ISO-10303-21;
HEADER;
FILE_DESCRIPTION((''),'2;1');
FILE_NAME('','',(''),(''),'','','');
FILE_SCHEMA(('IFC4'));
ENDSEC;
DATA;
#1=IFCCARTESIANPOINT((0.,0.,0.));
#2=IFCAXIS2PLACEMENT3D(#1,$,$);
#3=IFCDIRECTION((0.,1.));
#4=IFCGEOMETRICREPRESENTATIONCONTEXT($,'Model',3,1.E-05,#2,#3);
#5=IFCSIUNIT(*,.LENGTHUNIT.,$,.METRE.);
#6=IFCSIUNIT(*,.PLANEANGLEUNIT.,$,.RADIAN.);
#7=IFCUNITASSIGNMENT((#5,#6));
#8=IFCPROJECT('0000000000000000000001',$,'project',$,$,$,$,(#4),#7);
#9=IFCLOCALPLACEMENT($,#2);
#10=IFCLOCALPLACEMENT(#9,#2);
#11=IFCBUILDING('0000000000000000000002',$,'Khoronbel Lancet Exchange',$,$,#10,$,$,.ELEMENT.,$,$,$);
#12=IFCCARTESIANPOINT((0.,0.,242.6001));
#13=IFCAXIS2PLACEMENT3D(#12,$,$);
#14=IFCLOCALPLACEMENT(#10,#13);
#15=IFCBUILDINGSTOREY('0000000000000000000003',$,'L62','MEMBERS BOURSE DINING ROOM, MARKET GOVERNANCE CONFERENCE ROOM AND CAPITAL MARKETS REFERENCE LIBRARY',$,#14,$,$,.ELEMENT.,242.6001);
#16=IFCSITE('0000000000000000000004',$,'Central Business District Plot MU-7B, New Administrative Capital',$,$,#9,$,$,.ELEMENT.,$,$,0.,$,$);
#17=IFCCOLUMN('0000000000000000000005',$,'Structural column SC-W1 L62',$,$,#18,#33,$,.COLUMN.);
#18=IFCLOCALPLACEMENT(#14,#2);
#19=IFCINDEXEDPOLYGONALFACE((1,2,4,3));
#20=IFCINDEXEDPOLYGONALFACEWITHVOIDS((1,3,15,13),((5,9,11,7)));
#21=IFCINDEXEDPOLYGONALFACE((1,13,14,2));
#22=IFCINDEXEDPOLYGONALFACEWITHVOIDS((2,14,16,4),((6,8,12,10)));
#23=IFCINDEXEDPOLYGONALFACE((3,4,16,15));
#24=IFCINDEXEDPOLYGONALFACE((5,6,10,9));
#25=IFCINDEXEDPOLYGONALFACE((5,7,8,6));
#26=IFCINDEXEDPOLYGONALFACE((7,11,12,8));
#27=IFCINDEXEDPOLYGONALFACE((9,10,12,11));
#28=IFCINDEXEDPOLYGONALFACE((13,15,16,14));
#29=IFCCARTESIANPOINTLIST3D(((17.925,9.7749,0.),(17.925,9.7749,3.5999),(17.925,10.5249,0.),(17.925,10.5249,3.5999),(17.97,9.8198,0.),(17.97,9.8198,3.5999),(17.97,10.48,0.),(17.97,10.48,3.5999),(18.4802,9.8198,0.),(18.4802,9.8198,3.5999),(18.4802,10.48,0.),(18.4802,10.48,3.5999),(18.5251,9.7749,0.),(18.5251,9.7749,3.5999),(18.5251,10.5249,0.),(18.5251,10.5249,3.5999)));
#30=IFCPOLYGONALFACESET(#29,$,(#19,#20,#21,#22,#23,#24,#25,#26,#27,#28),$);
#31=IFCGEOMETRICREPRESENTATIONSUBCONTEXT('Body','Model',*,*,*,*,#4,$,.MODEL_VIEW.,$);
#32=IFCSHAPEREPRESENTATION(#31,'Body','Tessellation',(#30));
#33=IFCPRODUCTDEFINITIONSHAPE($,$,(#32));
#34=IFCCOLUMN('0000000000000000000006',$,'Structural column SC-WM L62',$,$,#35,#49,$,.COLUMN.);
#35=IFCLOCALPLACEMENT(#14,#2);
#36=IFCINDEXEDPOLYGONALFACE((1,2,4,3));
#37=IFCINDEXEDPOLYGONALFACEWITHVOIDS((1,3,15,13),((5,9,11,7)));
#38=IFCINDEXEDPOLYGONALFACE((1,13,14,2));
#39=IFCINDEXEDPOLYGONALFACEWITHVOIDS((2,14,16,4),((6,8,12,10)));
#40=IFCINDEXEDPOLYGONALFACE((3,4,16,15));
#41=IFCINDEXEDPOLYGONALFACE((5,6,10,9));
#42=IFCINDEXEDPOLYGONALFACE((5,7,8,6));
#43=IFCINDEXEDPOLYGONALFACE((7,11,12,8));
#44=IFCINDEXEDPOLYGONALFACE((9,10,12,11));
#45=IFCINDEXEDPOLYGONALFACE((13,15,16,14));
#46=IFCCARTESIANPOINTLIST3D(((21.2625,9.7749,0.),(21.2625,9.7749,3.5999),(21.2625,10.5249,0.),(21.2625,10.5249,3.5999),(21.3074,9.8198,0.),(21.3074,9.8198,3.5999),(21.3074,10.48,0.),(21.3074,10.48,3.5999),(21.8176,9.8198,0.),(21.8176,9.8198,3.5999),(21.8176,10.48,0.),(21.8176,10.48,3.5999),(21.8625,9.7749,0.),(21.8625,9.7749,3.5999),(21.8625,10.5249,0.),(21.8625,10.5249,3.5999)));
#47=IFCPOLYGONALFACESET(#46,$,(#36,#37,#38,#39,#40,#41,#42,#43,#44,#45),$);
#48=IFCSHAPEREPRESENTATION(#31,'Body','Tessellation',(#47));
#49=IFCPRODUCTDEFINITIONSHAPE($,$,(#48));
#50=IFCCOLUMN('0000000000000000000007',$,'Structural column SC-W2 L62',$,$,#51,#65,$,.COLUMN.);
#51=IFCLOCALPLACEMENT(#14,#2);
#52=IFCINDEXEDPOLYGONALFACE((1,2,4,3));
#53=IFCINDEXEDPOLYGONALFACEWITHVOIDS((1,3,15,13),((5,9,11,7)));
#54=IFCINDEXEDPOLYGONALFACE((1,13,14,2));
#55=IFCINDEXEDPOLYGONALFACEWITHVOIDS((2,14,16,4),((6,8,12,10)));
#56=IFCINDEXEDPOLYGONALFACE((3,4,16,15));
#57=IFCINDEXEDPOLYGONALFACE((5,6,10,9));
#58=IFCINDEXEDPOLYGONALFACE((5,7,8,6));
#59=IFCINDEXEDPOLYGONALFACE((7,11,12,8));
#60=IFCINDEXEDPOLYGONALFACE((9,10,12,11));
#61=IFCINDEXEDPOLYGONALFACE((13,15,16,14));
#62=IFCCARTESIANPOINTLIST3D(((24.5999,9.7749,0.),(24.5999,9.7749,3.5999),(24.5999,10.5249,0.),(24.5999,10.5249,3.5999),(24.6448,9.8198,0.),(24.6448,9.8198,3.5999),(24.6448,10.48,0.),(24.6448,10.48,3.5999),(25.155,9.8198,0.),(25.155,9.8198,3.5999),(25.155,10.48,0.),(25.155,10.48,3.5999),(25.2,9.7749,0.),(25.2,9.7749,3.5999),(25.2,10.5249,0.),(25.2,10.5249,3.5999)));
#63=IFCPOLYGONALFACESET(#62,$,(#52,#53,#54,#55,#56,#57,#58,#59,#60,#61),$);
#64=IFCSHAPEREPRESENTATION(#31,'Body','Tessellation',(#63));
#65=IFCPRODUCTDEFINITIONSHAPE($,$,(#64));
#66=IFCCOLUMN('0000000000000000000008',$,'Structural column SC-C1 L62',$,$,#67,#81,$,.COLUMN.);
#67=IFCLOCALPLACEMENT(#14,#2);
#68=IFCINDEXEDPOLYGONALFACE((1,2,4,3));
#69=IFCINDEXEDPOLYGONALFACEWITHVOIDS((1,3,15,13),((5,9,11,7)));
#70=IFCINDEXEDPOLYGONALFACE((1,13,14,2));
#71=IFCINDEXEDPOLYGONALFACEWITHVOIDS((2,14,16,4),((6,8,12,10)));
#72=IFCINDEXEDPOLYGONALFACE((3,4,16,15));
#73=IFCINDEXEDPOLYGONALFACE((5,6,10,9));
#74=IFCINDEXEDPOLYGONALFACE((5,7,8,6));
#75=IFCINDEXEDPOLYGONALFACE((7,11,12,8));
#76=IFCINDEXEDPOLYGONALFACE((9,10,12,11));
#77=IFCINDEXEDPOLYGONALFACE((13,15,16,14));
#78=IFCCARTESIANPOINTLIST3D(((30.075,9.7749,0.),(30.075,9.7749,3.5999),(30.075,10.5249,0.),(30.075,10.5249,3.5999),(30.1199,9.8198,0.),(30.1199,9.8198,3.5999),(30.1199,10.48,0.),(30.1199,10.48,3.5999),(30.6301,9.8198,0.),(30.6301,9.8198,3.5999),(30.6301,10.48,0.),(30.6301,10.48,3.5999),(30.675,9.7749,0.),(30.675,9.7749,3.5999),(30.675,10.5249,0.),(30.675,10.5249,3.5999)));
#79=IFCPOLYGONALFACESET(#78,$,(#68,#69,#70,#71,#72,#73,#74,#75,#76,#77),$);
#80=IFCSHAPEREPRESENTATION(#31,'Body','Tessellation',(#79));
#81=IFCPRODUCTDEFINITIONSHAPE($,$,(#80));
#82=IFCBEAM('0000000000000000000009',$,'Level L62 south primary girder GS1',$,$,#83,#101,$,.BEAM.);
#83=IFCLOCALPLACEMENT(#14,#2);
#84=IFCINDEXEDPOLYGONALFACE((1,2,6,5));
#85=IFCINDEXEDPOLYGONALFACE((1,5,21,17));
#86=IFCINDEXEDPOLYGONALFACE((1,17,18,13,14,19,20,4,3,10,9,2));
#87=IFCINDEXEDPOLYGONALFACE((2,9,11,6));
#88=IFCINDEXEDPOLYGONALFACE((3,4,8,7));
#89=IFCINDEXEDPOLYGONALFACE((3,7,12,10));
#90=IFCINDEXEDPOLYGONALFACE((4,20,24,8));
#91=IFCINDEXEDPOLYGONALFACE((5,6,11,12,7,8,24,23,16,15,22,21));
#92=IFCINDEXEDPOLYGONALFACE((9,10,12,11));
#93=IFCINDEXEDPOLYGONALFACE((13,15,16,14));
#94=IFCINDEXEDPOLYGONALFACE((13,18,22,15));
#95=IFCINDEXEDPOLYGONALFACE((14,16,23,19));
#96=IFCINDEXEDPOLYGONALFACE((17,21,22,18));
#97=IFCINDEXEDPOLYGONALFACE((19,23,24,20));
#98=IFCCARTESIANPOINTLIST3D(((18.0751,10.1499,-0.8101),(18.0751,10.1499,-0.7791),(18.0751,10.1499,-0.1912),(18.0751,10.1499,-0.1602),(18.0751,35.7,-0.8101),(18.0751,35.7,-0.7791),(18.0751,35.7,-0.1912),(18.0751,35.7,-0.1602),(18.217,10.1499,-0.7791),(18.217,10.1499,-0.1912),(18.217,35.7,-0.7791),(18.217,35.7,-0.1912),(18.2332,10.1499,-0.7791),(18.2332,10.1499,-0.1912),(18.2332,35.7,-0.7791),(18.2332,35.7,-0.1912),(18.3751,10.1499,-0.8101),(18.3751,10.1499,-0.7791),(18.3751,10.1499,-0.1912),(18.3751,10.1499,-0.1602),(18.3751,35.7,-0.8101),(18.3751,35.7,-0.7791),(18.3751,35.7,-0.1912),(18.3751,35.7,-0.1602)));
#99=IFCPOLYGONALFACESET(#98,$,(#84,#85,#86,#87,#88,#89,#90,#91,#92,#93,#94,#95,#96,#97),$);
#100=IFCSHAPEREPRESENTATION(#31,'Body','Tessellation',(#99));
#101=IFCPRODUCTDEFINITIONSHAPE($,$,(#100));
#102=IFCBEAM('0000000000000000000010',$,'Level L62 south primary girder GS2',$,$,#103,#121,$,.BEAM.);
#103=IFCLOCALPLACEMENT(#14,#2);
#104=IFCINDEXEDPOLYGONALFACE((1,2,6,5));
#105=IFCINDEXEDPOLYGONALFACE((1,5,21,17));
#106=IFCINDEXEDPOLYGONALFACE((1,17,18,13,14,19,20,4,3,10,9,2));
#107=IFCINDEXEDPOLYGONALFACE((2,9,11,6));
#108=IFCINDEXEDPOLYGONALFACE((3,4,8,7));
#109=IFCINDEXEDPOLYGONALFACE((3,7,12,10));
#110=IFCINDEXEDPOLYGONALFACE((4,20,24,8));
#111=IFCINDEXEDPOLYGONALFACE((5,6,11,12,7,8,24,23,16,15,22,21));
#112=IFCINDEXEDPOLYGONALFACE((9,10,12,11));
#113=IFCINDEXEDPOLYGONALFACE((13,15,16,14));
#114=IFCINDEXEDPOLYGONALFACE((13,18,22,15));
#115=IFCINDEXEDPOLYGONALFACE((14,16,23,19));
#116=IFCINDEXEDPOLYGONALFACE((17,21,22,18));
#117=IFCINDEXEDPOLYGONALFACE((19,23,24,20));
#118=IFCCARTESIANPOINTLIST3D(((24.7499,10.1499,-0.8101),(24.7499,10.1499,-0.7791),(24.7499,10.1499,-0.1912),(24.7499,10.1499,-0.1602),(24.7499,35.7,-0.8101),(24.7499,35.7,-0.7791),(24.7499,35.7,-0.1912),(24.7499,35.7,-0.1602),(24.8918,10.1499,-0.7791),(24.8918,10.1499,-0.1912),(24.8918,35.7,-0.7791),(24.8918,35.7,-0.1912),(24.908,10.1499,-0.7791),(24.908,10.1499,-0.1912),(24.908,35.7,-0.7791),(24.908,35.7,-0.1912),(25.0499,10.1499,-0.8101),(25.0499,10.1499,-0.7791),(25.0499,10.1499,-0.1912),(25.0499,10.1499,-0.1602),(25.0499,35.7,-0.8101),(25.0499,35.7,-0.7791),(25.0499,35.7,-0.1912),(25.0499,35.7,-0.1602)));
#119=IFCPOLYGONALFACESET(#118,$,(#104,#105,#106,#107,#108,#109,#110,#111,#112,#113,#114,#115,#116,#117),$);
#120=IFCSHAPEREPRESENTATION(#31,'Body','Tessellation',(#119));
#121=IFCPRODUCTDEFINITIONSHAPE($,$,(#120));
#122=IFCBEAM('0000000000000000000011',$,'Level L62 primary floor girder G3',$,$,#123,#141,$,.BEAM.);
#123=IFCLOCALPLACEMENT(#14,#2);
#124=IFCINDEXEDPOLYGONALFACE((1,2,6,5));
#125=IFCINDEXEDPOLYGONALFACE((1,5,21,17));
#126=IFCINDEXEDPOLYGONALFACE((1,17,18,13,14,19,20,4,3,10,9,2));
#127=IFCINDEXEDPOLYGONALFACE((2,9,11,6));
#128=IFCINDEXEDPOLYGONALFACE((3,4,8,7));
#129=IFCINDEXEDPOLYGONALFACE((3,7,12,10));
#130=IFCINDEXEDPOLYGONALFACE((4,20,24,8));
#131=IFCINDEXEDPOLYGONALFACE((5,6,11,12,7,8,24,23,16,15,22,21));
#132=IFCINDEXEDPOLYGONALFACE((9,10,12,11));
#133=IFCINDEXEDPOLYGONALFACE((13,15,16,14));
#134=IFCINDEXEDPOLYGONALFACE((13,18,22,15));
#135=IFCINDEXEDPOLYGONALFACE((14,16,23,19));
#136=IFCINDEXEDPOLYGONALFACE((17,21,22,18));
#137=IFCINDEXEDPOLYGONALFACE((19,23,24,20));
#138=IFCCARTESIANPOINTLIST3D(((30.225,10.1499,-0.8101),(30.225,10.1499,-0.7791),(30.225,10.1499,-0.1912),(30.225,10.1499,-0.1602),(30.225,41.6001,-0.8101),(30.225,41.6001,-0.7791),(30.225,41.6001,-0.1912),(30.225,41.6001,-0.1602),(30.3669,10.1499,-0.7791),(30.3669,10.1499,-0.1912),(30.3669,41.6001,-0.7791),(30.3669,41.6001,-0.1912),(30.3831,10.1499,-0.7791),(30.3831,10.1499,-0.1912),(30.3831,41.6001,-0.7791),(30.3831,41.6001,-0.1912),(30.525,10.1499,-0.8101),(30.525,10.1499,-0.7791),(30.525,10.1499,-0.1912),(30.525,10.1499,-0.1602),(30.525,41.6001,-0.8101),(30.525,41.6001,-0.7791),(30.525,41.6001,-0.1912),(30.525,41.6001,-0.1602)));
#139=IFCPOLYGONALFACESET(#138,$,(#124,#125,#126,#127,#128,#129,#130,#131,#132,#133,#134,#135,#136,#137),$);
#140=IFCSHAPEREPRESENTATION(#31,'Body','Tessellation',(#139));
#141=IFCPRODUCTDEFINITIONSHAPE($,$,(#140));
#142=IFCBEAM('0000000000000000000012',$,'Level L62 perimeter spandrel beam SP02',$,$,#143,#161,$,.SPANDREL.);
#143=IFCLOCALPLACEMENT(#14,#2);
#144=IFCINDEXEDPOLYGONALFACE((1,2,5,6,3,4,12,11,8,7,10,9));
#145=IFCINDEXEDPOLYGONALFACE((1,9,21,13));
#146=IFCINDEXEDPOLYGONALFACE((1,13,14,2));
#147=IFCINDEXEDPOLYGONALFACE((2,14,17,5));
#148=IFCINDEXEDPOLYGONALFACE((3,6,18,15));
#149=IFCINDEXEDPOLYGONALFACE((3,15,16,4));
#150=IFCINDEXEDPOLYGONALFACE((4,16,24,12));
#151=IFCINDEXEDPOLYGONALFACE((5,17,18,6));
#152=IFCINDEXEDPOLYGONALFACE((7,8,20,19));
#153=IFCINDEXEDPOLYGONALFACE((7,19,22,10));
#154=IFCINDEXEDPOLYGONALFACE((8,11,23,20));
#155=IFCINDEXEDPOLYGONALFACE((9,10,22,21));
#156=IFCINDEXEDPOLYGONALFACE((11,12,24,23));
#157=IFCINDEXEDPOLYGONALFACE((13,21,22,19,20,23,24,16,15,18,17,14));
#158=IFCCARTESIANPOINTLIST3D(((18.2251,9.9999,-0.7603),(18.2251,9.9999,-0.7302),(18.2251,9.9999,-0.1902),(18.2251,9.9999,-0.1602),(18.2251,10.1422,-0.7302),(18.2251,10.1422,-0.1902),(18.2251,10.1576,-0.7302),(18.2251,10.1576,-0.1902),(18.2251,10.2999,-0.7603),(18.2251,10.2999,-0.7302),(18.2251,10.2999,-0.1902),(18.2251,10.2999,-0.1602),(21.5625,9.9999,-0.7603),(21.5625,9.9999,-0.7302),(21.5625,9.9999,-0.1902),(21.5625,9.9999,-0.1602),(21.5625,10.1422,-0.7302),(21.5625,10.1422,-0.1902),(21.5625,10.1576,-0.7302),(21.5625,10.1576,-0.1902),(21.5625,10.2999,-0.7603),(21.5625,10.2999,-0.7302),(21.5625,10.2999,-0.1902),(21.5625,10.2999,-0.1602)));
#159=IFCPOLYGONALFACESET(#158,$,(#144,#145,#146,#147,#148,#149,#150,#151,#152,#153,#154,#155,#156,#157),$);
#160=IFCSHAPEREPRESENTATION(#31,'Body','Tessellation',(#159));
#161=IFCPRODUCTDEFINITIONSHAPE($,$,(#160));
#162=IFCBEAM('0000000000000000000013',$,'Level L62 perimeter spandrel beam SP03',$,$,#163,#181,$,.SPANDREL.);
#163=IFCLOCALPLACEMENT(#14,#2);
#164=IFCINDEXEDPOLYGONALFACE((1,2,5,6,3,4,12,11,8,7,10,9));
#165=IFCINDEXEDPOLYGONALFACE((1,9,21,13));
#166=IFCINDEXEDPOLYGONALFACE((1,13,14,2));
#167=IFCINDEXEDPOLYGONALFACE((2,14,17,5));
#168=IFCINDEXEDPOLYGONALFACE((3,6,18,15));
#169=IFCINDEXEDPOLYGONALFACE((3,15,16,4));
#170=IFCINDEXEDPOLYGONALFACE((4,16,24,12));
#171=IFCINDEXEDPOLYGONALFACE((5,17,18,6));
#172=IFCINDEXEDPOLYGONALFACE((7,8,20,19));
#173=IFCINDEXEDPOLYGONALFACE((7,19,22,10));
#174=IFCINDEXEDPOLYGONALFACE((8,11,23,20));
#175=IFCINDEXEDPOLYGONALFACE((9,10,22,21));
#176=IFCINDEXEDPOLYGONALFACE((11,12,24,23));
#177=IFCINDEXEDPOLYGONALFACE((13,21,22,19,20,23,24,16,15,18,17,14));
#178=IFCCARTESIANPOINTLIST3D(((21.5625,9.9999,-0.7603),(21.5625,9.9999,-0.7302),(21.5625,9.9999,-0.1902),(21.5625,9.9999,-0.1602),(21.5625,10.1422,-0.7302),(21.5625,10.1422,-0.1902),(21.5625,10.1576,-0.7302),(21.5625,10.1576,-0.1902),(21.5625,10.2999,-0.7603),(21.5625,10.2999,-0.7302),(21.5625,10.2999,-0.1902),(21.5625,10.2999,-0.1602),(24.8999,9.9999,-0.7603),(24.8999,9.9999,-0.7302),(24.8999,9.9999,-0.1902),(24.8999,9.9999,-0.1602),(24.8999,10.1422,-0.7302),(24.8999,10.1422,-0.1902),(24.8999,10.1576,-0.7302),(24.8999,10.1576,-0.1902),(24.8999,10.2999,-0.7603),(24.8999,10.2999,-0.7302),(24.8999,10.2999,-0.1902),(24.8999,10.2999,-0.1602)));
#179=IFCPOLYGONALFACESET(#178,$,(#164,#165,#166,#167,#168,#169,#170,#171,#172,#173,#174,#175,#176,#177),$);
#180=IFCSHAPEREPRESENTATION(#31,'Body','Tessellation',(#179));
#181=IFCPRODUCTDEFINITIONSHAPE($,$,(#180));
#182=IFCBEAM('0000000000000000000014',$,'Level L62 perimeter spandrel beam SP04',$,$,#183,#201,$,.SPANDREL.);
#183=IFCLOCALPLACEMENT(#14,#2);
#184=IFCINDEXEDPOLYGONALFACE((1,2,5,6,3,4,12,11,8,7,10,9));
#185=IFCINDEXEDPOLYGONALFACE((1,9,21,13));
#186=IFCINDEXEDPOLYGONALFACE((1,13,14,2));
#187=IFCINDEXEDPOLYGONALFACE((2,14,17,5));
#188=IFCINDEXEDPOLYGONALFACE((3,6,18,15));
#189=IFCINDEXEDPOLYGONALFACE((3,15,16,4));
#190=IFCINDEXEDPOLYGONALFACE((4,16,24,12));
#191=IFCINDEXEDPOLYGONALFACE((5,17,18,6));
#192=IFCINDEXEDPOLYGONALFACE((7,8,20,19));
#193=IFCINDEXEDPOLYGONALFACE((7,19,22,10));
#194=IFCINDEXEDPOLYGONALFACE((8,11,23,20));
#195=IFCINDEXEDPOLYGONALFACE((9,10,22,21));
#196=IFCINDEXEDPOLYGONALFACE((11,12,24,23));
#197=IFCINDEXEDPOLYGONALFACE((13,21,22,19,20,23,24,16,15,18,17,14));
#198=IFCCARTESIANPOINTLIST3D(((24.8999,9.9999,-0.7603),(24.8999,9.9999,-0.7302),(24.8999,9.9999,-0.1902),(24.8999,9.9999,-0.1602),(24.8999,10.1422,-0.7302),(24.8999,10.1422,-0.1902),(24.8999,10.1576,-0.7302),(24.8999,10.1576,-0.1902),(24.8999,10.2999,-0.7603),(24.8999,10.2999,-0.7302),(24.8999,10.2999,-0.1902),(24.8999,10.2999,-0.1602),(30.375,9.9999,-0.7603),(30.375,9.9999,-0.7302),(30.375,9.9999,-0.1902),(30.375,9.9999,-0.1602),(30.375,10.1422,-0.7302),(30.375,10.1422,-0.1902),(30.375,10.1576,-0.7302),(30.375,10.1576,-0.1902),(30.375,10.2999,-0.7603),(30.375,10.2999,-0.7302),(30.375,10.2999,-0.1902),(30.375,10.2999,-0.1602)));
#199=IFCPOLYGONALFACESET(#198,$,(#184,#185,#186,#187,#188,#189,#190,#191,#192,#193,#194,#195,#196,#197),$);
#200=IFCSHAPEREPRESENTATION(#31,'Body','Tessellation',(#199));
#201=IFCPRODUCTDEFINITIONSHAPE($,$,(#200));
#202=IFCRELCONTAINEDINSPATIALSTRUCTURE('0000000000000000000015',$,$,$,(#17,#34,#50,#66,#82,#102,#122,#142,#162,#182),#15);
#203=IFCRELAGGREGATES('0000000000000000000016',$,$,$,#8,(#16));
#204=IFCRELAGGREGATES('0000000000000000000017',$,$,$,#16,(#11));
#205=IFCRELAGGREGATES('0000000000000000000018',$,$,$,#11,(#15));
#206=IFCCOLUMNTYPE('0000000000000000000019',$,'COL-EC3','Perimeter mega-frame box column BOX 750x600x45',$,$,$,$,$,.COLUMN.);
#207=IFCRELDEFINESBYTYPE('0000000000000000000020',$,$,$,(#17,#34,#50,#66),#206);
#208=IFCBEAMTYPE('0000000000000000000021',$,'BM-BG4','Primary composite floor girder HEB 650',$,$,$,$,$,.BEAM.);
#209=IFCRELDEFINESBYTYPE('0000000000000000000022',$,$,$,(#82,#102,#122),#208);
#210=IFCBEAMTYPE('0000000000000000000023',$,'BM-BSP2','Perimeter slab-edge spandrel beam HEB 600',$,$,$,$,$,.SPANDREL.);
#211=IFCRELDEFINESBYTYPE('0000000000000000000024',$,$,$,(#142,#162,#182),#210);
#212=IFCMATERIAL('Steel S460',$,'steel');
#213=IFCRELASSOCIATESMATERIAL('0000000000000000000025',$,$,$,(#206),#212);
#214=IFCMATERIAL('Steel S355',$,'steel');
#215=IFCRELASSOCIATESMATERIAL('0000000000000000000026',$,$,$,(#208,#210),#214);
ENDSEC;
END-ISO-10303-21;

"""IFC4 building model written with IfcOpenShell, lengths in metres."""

from ifc_helpers import new_model, si_unit, direction, frame, origin, origin_2d, place, context, subcontext, project, spatial, hollow_rectangle, i_section, extrude, material, material_profile, profile_set, type_object, element, save


model = new_model("IFC4")

# Units and contexts
model_context = context("Model", 3, precision=1e-05, world=origin(), true_north=direction((0.0, 1.0)))
body_context = subcontext(model_context, "Body", "Model", "MODEL_VIEW")
ifc_project = project(units=[si_unit("LENGTHUNIT", "METRE"), si_unit("PLANEANGLEUNIT", "RADIAN")], contexts=[model_context])

# Site, building, storey
site_placement = place(None, origin())
site = spatial("IfcSite", under=ifc_project, at=site_placement, Name="Central Business District Plot MU-7B, New Administrative Capital", CompositionType="ELEMENT", RefElevation=0.0)
building_placement = place(site_placement, origin())
building = spatial("IfcBuilding", under=site, at=building_placement, Name="Khoronbel Lancet Exchange", CompositionType="ELEMENT")
storey_placement = place(building_placement, frame((0.0, 0.0, 242.6001)))
storey = spatial("IfcBuildingStorey", under=building, at=storey_placement, Name="L62", Description="MEMBERS BOURSE DINING ROOM, MARKET GOVERNANCE CONFERENCE ROOM AND CAPITAL MARKETS REFERENCE LIBRARY", CompositionType="ELEMENT", Elevation=242.6001)

# Columns
ifc_material_1 = material(Name="Steel S460", Category="steel")
ifc_material_profile_1 = material_profile(ifc_material_1, hollow_rectangle(XDim=0.6001, YDim=0.75, WallThickness=0.0449, at=origin_2d()), Name="BOX 750x600x45")
ifc_profile_set_1 = profile_set([ifc_material_profile_1], Name="Steel S460")
column_type = type_object("IfcColumnType", Name="COL-EC3", Description="Perimeter mega-frame box column BOX 750x600x45", PredefinedType="COLUMN", material=ifc_profile_set_1)
for number, where, z_axis, x_axis, name in (
    (1, (18.2251, 10.1499, 0.0), (0.0, 0.0, 1.0), (1.0, 0.0, 0.0), "Structural column SC-W1 L62"),
    (2, (21.5625, 10.1499, 0.0), (0.0, 0.0, 1.0), (1.0, 0.0, 0.0), "Structural column SC-WM L62"),
    (3, (24.8999, 10.1499, 0.0), (0.0, 0.0, 1.0), (1.0, 0.0, 0.0), "Structural column SC-W2 L62"),
    (4, (30.375, 10.1499, 0.0), (0.0, 0.0, 1.0), (1.0, 0.0, 0.0), "Structural column SC-C1 L62"),
):
    element("IfcColumn", number, at=place(storey_placement, frame(where, z_axis=z_axis, x_axis=x_axis)), inside=storey, type_object=column_type, Name=name, PredefinedType="COLUMN", context=body_context, shape_type="SweptSolid", body=[
        extrude(hollow_rectangle(XDim=0.6001, YDim=0.75, WallThickness=0.0449, at=origin_2d()), origin(), (0.0, 0.0, 1.0), 3.5999),
    ])

# Beams
ifc_material_2 = material(Name="Steel S355", Category="steel")
ifc_material_profile_2 = material_profile(ifc_material_2, i_section(OverallWidth=0.3, OverallDepth=0.6499, WebThickness=0.0161, FlangeThickness=0.031, at=origin_2d()), Name="HEB 650")
ifc_profile_set_2 = profile_set([ifc_material_profile_2], Name="Steel S355")
beam_type_1 = type_object("IfcBeamType", Name="BM-BG4", Description="Primary composite floor girder HEB 650", PredefinedType="BEAM", material=ifc_profile_set_2)
for number, where, z_axis, x_axis, name in (
    (5, (18.2251, 10.1499, -0.4851), (0.0, 1.0, 0.0), (-1.0, 0.0, 0.0), "Level L62 south primary girder GS1"),
    (6, (24.8999, 10.1499, -0.4851), (0.0, 1.0, 0.0), (-1.0, 0.0, 0.0), "Level L62 south primary girder GS2"),
):
    element("IfcBeam", number, at=place(storey_placement, frame(where, z_axis=z_axis, x_axis=x_axis)), inside=storey, type_object=beam_type_1, Name=name, PredefinedType="BEAM", context=body_context, shape_type="SweptSolid", body=[
        extrude(i_section(OverallWidth=0.3, OverallDepth=0.6499, WebThickness=0.0161, FlangeThickness=0.031, at=origin_2d()), origin(), (0.0, 0.0, 1.0), 25.55),
    ])
beam_1_placement = place(storey_placement, frame((30.375, 10.1499, -0.4851), z_axis=(0.0, 1.0, 0.0), x_axis=(-1.0, 0.0, 0.0)))
element("IfcBeam", 7, at=beam_1_placement, inside=storey, type_object=beam_type_1, Name="Level L62 primary floor girder G3", PredefinedType="BEAM", context=body_context, shape_type="SweptSolid", body=[
    extrude(i_section(OverallWidth=0.3, OverallDepth=0.6499, WebThickness=0.0161, FlangeThickness=0.031, at=origin_2d()), origin(), (0.0, 0.0, 1.0), 31.4502),
])
ifc_material_profile_3 = material_profile(ifc_material_2, i_section(OverallWidth=0.3, OverallDepth=0.6001, WebThickness=0.0154, FlangeThickness=0.03, at=origin_2d()), Name="HEB 600")
ifc_profile_set_3 = profile_set([ifc_material_profile_3], Name="Steel S355")
beam_type_2 = type_object("IfcBeamType", Name="BM-BSP2", Description="Perimeter slab-edge spandrel beam HEB 600", PredefinedType="SPANDREL", material=ifc_profile_set_3)
for number, where, z_axis, x_axis, name in (
    (8, (18.2251, 10.1499, -0.4602), (1.0, 0.0, 0.0), (0.0, 1.0, 0.0), "Level L62 perimeter spandrel beam SP02"),
    (9, (21.5625, 10.1499, -0.4602), (1.0, 0.0, 0.0), (0.0, 1.0, 0.0), "Level L62 perimeter spandrel beam SP03"),
):
    element("IfcBeam", number, at=place(storey_placement, frame(where, z_axis=z_axis, x_axis=x_axis)), inside=storey, type_object=beam_type_2, Name=name, PredefinedType="SPANDREL", context=body_context, shape_type="SweptSolid", body=[
        extrude(i_section(OverallWidth=0.3, OverallDepth=0.6001, WebThickness=0.0154, FlangeThickness=0.03, at=origin_2d()), origin(), (0.0, 0.0, 1.0), 3.3374),
    ])
beam_2_placement = place(storey_placement, frame((24.8999, 10.1499, -0.4602), z_axis=(1.0, 0.0, 0.0), x_axis=(0.0, 1.0, 0.0)))
element("IfcBeam", 10, at=beam_2_placement, inside=storey, type_object=beam_type_2, Name="Level L62 perimeter spandrel beam SP04", PredefinedType="SPANDREL", context=body_context, shape_type="SweptSolid", body=[
    extrude(i_section(OverallWidth=0.3, OverallDepth=0.6001, WebThickness=0.0154, FlangeThickness=0.03, at=origin_2d()), origin(), (0.0, 0.0, 1.0), 5.4751),
])

save(model, "model.ifc")
